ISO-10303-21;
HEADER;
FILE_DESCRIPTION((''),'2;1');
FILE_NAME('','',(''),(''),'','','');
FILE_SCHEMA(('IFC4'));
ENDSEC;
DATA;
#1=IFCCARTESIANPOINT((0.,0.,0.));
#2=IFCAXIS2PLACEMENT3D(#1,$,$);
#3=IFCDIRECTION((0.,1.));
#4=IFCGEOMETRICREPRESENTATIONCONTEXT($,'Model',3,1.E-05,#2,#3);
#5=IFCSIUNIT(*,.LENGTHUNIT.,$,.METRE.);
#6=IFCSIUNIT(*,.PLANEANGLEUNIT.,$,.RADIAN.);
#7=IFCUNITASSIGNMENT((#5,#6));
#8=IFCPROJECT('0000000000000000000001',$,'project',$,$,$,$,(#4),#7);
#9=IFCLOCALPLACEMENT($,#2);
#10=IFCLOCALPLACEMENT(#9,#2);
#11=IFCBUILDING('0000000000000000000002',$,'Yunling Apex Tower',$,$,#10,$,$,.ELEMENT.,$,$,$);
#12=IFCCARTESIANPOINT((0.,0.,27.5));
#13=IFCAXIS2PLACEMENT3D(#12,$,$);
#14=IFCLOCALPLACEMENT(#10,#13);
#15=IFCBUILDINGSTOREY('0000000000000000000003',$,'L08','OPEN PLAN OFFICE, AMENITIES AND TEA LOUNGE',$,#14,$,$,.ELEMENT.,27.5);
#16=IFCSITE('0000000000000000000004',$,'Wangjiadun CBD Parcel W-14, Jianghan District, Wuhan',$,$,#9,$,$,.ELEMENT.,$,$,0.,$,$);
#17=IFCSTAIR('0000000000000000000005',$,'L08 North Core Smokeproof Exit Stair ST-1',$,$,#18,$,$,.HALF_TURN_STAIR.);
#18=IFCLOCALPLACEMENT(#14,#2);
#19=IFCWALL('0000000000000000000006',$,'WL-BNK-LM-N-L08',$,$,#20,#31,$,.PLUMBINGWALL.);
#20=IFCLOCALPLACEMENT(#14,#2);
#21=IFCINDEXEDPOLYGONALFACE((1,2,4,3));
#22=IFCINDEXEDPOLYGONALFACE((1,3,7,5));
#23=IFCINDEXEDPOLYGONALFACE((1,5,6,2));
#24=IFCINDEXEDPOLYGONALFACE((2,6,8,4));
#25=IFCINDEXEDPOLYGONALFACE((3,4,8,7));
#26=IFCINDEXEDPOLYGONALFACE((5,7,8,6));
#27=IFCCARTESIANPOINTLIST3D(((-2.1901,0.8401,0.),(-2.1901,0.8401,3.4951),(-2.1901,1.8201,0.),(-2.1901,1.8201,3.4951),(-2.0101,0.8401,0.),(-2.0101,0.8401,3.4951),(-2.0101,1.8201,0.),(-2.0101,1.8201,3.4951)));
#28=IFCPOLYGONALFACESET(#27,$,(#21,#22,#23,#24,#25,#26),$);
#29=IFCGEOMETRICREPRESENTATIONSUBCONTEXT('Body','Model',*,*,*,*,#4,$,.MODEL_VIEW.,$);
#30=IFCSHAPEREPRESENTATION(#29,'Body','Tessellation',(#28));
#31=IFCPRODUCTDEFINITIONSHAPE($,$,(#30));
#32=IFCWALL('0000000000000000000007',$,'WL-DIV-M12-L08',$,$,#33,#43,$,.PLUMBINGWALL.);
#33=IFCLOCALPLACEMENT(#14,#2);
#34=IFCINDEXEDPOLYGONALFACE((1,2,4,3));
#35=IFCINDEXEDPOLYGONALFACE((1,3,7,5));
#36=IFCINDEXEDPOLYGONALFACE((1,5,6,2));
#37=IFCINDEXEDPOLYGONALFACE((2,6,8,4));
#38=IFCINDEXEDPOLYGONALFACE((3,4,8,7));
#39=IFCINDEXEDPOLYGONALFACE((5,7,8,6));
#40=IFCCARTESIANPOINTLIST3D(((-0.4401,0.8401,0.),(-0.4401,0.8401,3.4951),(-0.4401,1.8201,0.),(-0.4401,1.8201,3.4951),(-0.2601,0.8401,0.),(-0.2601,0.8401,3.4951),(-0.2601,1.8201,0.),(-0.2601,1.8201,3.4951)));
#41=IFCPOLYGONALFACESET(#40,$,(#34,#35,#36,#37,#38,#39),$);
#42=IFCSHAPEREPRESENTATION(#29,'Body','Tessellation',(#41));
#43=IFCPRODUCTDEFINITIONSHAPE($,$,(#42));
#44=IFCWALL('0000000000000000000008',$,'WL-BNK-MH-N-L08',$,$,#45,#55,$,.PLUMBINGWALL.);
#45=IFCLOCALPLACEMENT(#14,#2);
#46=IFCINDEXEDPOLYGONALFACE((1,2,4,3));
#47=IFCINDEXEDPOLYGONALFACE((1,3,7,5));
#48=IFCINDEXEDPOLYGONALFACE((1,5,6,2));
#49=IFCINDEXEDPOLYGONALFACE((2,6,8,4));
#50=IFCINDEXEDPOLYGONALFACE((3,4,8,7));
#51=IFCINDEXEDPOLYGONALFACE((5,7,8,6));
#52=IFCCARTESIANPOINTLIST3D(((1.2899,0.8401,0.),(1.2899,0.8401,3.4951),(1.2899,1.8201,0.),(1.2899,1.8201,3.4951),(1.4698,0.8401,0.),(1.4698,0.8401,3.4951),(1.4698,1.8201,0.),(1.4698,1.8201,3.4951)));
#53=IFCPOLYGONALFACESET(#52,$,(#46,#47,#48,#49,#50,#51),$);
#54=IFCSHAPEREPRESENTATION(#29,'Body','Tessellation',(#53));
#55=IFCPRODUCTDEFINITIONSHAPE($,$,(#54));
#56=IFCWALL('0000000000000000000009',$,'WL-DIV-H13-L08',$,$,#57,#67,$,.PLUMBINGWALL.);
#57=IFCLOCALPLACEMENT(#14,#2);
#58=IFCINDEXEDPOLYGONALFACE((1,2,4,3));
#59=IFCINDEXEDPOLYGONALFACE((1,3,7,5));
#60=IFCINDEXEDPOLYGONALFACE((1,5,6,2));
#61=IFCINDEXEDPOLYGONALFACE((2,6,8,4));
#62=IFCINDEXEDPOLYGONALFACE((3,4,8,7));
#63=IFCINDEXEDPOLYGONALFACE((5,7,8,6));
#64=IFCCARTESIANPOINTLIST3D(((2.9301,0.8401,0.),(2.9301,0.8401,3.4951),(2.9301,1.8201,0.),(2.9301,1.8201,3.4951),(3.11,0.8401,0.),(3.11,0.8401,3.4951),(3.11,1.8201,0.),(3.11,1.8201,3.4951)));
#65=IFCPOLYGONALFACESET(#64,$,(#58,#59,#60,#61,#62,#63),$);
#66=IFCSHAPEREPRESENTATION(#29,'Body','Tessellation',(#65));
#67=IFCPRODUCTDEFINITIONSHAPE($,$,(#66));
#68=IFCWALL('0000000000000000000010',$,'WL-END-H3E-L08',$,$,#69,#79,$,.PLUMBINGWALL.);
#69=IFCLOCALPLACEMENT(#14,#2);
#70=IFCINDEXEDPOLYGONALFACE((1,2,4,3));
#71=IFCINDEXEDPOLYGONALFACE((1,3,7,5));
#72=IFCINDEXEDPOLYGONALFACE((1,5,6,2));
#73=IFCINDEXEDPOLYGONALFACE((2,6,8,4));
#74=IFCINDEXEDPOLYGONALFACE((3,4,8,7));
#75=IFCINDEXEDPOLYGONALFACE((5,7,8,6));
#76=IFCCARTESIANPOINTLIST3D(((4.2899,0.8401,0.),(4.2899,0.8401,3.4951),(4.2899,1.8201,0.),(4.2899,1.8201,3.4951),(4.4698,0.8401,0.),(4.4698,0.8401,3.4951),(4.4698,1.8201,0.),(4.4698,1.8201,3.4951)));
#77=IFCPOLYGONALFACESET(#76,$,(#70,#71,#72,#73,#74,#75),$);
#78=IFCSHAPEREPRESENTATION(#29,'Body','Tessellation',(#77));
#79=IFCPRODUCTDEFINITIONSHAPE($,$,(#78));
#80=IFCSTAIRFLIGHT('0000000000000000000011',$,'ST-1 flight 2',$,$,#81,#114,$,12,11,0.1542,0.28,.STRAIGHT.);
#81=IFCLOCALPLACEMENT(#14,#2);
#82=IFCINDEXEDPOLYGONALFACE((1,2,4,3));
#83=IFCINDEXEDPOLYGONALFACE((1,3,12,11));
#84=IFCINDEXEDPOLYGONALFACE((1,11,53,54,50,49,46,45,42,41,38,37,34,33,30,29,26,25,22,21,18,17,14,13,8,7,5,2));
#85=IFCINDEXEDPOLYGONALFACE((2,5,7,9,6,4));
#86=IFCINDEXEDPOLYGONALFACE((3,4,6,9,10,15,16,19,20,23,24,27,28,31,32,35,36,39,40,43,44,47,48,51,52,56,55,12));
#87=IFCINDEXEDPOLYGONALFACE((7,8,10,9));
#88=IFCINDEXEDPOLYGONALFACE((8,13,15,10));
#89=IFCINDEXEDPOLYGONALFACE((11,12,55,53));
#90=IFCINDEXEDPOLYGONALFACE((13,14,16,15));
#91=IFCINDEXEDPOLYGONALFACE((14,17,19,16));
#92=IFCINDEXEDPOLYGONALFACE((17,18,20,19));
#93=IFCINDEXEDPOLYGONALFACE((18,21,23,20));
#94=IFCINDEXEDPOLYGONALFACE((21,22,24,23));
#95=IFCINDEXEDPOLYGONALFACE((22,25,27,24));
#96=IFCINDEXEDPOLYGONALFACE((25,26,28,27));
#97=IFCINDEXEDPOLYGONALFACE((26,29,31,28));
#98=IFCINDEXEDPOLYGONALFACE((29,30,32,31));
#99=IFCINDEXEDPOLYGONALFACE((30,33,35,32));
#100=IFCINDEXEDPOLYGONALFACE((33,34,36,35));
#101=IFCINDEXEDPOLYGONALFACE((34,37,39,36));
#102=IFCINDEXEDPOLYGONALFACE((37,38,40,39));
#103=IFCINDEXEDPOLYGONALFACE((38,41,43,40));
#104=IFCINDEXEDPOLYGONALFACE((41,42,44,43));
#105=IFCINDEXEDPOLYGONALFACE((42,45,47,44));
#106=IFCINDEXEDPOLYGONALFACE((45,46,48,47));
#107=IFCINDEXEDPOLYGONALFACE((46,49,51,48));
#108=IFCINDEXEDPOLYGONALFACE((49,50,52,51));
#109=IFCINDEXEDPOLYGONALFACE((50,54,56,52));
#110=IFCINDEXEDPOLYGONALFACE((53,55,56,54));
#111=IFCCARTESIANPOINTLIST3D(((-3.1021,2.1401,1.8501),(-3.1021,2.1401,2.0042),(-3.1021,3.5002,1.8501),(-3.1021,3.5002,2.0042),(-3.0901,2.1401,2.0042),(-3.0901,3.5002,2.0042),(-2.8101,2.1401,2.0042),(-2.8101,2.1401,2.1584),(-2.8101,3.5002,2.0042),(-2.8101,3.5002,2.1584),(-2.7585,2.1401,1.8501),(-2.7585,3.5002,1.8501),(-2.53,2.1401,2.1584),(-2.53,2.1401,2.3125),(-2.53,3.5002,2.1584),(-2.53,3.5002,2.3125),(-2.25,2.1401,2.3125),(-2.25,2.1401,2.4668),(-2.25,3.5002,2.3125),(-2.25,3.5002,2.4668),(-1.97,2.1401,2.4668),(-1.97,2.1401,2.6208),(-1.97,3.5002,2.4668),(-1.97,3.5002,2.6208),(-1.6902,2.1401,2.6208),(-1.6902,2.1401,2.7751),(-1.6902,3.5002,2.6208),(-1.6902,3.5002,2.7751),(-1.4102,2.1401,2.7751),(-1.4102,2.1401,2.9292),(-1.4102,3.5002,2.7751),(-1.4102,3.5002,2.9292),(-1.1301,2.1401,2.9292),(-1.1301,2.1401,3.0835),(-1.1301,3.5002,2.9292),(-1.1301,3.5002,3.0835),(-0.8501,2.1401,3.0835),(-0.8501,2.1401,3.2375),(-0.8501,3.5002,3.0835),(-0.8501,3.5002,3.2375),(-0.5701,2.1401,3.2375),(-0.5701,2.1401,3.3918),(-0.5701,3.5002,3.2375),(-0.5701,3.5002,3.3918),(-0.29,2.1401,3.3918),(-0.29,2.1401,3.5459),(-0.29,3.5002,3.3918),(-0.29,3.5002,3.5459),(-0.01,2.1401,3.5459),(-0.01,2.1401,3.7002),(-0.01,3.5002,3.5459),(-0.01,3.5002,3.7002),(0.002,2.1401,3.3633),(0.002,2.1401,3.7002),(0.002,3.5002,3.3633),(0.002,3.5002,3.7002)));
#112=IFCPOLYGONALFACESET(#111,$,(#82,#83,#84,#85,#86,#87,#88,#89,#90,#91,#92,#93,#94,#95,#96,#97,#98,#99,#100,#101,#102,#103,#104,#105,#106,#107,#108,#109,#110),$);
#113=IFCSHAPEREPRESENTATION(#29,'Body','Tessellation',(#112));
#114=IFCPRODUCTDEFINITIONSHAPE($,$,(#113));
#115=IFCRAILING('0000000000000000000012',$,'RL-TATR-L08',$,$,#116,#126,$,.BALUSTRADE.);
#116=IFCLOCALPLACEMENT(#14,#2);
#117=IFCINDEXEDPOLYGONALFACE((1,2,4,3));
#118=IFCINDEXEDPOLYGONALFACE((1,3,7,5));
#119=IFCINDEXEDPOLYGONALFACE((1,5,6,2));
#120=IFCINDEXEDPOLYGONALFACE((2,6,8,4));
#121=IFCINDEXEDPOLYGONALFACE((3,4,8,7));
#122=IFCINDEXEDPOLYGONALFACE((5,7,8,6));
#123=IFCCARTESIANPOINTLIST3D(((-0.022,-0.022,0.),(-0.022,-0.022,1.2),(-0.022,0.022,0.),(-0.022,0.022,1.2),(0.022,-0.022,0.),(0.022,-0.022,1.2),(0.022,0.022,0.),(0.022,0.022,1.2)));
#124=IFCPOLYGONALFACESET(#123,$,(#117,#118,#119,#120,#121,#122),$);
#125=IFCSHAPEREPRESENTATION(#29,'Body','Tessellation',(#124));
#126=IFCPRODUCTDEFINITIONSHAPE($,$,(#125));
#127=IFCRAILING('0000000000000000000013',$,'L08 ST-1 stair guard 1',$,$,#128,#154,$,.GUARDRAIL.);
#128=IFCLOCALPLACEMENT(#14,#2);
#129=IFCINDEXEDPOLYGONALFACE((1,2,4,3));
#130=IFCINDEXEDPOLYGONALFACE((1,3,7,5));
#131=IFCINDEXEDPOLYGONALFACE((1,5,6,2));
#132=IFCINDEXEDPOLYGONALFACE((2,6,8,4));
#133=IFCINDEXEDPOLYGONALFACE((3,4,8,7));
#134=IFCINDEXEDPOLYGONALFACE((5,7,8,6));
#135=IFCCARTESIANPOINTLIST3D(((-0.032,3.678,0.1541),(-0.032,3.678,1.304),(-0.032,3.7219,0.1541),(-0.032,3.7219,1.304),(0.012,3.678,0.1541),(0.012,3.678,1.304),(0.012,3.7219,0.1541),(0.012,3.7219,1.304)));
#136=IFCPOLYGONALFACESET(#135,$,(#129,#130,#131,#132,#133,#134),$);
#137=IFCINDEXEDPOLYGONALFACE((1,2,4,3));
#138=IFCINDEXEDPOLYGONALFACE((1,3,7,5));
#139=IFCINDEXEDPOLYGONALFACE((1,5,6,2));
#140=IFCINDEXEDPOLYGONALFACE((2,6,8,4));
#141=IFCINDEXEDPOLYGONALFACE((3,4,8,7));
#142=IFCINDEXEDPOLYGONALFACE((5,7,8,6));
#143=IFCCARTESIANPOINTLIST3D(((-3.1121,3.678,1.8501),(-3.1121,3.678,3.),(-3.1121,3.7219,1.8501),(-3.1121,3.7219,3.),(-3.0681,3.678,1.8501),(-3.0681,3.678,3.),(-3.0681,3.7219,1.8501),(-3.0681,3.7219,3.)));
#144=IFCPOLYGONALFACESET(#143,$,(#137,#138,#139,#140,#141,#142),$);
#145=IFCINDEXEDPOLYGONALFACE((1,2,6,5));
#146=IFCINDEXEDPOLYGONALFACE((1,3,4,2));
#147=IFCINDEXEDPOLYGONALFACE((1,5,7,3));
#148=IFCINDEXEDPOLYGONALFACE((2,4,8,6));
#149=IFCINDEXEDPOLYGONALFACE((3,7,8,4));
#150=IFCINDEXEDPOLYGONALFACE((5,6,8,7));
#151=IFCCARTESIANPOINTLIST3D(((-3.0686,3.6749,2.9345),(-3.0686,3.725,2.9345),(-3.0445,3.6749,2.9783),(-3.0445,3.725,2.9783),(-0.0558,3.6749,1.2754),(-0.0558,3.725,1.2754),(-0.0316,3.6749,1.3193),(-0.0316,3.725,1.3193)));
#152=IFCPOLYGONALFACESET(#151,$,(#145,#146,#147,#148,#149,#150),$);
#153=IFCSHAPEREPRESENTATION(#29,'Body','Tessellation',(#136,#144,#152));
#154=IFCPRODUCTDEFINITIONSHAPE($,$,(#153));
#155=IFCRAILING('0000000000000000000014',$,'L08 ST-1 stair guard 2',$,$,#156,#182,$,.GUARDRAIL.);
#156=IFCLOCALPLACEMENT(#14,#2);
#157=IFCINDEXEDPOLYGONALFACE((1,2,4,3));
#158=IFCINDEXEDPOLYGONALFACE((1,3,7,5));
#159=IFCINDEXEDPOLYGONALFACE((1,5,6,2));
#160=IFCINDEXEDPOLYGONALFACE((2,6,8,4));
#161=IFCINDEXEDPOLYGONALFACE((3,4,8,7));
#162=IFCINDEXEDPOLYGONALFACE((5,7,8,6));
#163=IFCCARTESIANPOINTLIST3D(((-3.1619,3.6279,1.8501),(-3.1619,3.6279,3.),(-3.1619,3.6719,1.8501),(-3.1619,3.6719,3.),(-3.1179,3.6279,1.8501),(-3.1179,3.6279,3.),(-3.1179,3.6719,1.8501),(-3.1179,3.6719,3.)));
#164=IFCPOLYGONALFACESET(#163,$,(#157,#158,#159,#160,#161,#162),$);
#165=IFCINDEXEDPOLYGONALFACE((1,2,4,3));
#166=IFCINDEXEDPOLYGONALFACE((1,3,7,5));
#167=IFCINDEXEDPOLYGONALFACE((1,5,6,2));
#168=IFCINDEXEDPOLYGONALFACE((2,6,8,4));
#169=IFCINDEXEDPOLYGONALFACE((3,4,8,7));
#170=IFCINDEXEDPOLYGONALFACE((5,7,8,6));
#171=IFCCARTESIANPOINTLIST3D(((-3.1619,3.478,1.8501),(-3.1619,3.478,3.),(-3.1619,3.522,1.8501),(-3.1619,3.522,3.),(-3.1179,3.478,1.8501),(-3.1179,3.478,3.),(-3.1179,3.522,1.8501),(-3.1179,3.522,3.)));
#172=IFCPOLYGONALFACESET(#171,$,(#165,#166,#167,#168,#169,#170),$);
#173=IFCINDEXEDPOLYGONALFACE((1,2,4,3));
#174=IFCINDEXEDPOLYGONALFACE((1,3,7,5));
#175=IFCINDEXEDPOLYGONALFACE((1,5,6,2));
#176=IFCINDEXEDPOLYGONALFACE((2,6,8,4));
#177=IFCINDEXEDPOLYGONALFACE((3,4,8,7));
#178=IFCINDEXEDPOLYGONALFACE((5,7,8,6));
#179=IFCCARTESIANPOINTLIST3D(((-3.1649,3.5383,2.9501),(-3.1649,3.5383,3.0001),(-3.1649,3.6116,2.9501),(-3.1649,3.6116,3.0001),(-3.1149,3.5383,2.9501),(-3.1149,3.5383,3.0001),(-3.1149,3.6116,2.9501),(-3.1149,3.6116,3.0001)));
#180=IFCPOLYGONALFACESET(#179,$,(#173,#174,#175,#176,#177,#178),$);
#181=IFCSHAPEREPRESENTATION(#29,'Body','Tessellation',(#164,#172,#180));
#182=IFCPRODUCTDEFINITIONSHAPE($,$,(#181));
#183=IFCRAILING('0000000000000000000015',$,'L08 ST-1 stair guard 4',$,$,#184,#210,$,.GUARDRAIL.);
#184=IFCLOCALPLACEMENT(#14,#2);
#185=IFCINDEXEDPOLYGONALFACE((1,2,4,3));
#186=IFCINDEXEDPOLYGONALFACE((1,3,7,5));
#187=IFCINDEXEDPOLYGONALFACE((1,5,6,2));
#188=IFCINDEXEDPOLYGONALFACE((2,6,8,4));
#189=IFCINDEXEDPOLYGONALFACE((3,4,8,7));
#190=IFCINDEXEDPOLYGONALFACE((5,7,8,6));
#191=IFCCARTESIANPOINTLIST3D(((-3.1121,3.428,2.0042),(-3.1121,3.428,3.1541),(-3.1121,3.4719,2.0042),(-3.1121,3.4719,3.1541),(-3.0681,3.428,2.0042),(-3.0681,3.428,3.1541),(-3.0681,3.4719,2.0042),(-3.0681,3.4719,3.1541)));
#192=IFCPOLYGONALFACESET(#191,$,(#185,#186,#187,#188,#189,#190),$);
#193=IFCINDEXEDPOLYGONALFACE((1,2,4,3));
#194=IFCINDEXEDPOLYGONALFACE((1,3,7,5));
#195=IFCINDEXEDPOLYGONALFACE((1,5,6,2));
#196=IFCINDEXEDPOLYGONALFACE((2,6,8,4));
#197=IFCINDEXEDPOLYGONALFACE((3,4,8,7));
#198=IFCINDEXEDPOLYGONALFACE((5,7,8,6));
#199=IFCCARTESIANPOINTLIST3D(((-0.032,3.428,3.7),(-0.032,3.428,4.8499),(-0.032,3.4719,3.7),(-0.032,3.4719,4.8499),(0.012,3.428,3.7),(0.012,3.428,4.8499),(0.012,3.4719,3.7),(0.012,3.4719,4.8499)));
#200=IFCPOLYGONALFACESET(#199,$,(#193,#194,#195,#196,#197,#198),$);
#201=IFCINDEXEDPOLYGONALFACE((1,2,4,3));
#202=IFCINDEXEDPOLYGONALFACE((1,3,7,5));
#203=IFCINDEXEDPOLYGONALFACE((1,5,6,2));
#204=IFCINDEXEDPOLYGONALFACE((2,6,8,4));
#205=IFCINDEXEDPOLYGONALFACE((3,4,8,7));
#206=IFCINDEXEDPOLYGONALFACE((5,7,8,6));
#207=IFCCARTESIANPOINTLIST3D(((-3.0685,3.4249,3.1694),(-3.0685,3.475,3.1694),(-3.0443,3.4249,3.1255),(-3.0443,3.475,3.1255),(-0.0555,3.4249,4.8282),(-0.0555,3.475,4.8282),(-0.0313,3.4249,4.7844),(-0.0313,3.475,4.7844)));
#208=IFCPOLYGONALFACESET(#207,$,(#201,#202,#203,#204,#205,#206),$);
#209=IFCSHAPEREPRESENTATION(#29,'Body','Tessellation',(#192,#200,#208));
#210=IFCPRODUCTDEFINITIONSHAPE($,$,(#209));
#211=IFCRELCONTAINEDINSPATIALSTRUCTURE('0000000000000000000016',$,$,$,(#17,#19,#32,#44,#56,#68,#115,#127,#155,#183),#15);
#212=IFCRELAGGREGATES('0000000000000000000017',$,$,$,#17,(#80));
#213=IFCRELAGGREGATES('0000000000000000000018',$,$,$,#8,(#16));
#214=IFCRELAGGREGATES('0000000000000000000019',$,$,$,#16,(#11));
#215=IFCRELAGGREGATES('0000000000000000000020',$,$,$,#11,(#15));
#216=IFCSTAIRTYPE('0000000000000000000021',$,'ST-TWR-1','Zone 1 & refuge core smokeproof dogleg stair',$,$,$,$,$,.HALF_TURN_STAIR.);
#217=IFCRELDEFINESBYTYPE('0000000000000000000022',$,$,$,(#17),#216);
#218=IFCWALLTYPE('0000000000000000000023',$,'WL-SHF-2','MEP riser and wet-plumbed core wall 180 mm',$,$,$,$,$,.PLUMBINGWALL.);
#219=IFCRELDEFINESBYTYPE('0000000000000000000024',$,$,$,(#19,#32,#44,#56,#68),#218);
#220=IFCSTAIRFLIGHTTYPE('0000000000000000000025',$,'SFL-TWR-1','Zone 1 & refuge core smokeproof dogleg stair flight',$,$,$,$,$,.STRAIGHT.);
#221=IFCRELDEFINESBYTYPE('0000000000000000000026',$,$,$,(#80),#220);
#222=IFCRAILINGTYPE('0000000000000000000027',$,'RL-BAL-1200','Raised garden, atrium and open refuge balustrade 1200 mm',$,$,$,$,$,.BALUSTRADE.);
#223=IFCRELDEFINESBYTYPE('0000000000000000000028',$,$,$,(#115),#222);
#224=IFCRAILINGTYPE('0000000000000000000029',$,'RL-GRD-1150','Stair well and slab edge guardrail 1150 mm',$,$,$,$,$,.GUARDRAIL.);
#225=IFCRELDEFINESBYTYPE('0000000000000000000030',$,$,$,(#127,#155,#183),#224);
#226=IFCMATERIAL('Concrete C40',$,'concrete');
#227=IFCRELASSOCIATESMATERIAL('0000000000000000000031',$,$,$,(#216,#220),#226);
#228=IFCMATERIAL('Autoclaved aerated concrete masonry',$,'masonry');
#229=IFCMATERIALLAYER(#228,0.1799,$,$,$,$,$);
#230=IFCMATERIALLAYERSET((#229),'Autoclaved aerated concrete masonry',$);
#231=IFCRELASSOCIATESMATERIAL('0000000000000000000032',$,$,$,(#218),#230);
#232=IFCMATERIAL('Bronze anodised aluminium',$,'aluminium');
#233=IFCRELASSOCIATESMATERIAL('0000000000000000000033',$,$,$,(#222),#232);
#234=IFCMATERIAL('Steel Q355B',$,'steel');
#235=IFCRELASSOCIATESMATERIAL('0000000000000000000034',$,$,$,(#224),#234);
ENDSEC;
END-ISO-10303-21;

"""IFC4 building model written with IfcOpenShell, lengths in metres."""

from ifc_helpers import new_model, si_unit, direction, frame, frame_2d, origin, origin_2d, place, context, subcontext, project, spatial, polyline, rectangle, outline, extrude, material, layer, layer_set, type_object, element, aggregate, save


model = new_model("IFC4")

# Units and contexts
model_context = context("Model", 3, precision=1e-05, world=origin(), true_north=direction((0.0, 1.0)))
body_context = subcontext(model_context, "Body", "Model", "MODEL_VIEW")
ifc_project = project(units=[si_unit("LENGTHUNIT", "METRE"), si_unit("PLANEANGLEUNIT", "RADIAN")], contexts=[model_context])

# Site, building, storey
site_placement = place(None, origin())
site = spatial("IfcSite", under=ifc_project, at=site_placement, Name="Wangjiadun CBD Parcel W-14, Jianghan District, Wuhan", CompositionType="ELEMENT", RefElevation=0.0)
building_placement = place(site_placement, origin())
building = spatial("IfcBuilding", under=site, at=building_placement, Name="Yunling Apex Tower", CompositionType="ELEMENT")
storey_placement = place(building_placement, frame((0.0, 0.0, 27.5)))
storey = spatial("IfcBuildingStorey", under=building, at=storey_placement, Name="L08", Description="OPEN PLAN OFFICE, AMENITIES AND TEA LOUNGE", CompositionType="ELEMENT", Elevation=27.5)

# Shared definitions
ifc_material_1 = material(Name="Concrete C40", Category="concrete")

# Stair
stair_type = type_object("IfcStairType", Name="ST-TWR-1", Description="Zone 1 & refuge core smokeproof dogleg stair", PredefinedType="HALF_TURN_STAIR", material=ifc_material_1)
stair_1_placement = place(storey_placement, origin())
stair_1 = element("IfcStair", 1, at=stair_1_placement, inside=storey, type_object=stair_type, Name="L08 North Core Smokeproof Exit Stair ST-1", PredefinedType="HALF_TURN_STAIR")

# Shared definitions
ifc_material_2 = material(Name="Autoclaved aerated concrete masonry", Category="masonry")
ifc_material_3 = material(Name="Steel Q355B", Category="steel")

# Walls
ifc_layer_1 = layer(ifc_material_2, 0.1799)
ifc_layer_set_1 = layer_set([ifc_layer_1], Name="Autoclaved aerated concrete masonry")
wall_type_1 = type_object("IfcWallType", Name="WL-SHF-2", Description="MEP riser and wet-plumbed core wall 180 mm", PredefinedType="PLUMBINGWALL", material=ifc_layer_set_1)
for number, where, z_axis, x_axis, name in (
    (2, (-2.1001, 0.8401, 0.0), (0.0, 0.0, 1.0), (0.0, 1.0, 0.0), "WL-BNK-LM-N-L08"),
    (3, (-0.3501, 0.8401, 0.0), (0.0, 0.0, 1.0), (0.0, 1.0, 0.0), "WL-DIV-M12-L08"),
    (4, (1.3799, 0.8401, 0.0), (0.0, 0.0, 1.0), (0.0, 1.0, 0.0), "WL-BNK-MH-N-L08"),
    (5, (3.02, 0.8401, 0.0), (0.0, 0.0, 1.0), (0.0, 1.0, 0.0), "WL-DIV-H13-L08"),
    (6, (4.3799, 0.8401, 0.0), (0.0, 0.0, 1.0), (0.0, 1.0, 0.0), "WL-END-H3E-L08"),
):
    element("IfcWall", number, at=place(storey_placement, frame(where, z_axis=z_axis, x_axis=x_axis)), inside=storey, type_object=wall_type_1, Name=name, PredefinedType="PLUMBINGWALL", context=body_context, shape_type="SweptSolid", body=[
        extrude(rectangle(XDim=0.98, YDim=0.1799, at=frame_2d((0.49, 0.0))), origin(), (0.0, 0.0, 1.0), 3.4951),
    ])

# Stair flight
stair_flight_type = type_object("IfcStairFlightType", Name="SFL-TWR-1", Description="Zone 1 & refuge core smokeproof dogleg stair flight", PredefinedType="STRAIGHT", material=ifc_material_1)
stair_flight_placement = place(storey_placement, frame((-3.0901, 2.8201, 1.8501), z_axis=(0.0, 0.0, 1.0), x_axis=(1.0, 0.0, 0.0)))
stair_flight = element("IfcStairFlight", 7, at=stair_flight_placement, type_object=stair_flight_type, Name="ST-1 flight 2", NumberOfRisers=12, NumberOfTreads=11, PredefinedType="STRAIGHT", RiserHeight=0.1542, TreadLength=0.28, context=body_context, shape_type="SweptSolid", body=[
    extrude(outline(polyline([(-0.012, 0.0), (-0.012, 0.1541), (0.0, 0.1541), (0.28, 0.1541), (0.28, 0.3083), (0.5601, 0.3083), (0.5601, 0.4624), (0.8401, 0.4624), (0.8401, 0.6167), (1.1201, 0.6167), (1.1201, 0.7708), (1.3999, 0.7708), (1.3999, 0.925), (1.6799, 0.925), (1.6799, 1.0791), (1.96, 1.0791), (1.96, 1.2334), (2.24, 1.2334), (2.24, 1.3875), (2.52, 1.3875), (2.52, 1.5417), (2.8, 1.5417), (2.8, 1.6958), (3.0801, 1.6958), (3.0801, 1.8501), (3.092, 1.8501), (3.092, 1.5132), (0.3315, 0.0), (-0.012, 0.0)])), frame((0.0, 0.6802, 0.0), z_axis=(0.0, -1.0, 0.0), x_axis=(1.0, 0.0, 0.0)), (0.0, 0.0, 1.0), 1.3601),
])
aggregate(stair_1, [stair_flight])

# Railings
ifc_material_4 = material(Name="Bronze anodised aluminium", Category="aluminium")
railing_type_1 = type_object("IfcRailingType", Name="RL-BAL-1200", Description="Raised garden, atrium and open refuge balustrade 1200 mm", PredefinedType="BALUSTRADE", material=ifc_material_4)
railing_1_placement = place(storey_placement, origin())
element("IfcRailing", 8, at=railing_1_placement, inside=storey, type_object=railing_type_1, Name="RL-TATR-L08", PredefinedType="BALUSTRADE", context=body_context, shape_type="SweptSolid", body=[
    extrude(rectangle(XDim=0.0439, YDim=0.0439, at=origin_2d()), origin(), (0.0, 0.0, 1.0), 1.2),
])
railing_type_2 = type_object("IfcRailingType", Name="RL-GRD-1150", Description="Stair well and slab edge guardrail 1150 mm", PredefinedType="GUARDRAIL", material=ifc_material_3)
railing_2_placement = place(storey_placement, frame((-0.01, 3.7, 0.1541)))
element("IfcRailing", 9, at=railing_2_placement, inside=storey, type_object=railing_type_2, Name="L08 ST-1 stair guard 1", PredefinedType="GUARDRAIL", context=body_context, shape_type="SweptSolid", body=[
    extrude(rectangle(XDim=0.0439, YDim=0.0439, at=origin_2d()), origin(), (0.0, 0.0, 1.0), 1.1499),
    extrude(rectangle(XDim=0.0439, YDim=0.0439, at=origin_2d()), frame((-3.0801, 0.0, 1.696)), (0.0, 0.0, 1.0), 1.1499),
    extrude(rectangle(XDim=0.05, YDim=0.05, at=origin_2d()), frame((-0.0337, 0.0, 1.1433), z_axis=(-0.875975, 0.0, 0.482356), x_axis=(0.0, -1.0, 0.0)), (0.0, 0.0, 1.0), 3.4395),
])
railing_3_placement = place(storey_placement, frame((-3.1399, 3.6499, 1.8501)))
element("IfcRailing", 10, at=railing_3_placement, inside=storey, type_object=railing_type_2, Name="L08 ST-1 stair guard 2", PredefinedType="GUARDRAIL", context=body_context, shape_type="SweptSolid", body=[
    extrude(rectangle(XDim=0.0439, YDim=0.0439, at=origin_2d()), origin(), (0.0, 0.0, 1.0), 1.1499),
    extrude(rectangle(XDim=0.0439, YDim=0.0439, at=origin_2d()), frame((0.0, -0.1499, 0.0)), (0.0, 0.0, 1.0), 1.1499),
    extrude(rectangle(XDim=0.05, YDim=0.05, at=origin_2d()), frame((0.0, -0.0383, 1.125), z_axis=(0.0, -1.0, 0.0), x_axis=(1.0, 0.0, 0.0)), (0.0, 0.0, 1.0), 0.0732),
])
railing_4_placement = place(storey_placement, frame((-3.0901, 3.45, 2.0042)))
element("IfcRailing", 11, at=railing_4_placement, inside=storey, type_object=railing_type_2, Name="L08 ST-1 stair guard 4", PredefinedType="GUARDRAIL", context=body_context, shape_type="SweptSolid", body=[
    extrude(rectangle(XDim=0.0439, YDim=0.0439, at=origin_2d()), origin(), (0.0, 0.0, 1.0), 1.1499),
    extrude(rectangle(XDim=0.0439, YDim=0.0439, at=origin_2d()), frame((3.0801, 0.0, 1.6958)), (0.0, 0.0, 1.0), 1.1499),
    extrude(rectangle(XDim=0.05, YDim=0.05, at=origin_2d()), frame((0.0337, 0.0, 1.1433), z_axis=(0.876005, 0.0, 0.482303), x_axis=(0.0, 1.0, 0.0)), (0.0, 0.0, 1.0), 3.4395),
])

save(model, "model.ifc")
